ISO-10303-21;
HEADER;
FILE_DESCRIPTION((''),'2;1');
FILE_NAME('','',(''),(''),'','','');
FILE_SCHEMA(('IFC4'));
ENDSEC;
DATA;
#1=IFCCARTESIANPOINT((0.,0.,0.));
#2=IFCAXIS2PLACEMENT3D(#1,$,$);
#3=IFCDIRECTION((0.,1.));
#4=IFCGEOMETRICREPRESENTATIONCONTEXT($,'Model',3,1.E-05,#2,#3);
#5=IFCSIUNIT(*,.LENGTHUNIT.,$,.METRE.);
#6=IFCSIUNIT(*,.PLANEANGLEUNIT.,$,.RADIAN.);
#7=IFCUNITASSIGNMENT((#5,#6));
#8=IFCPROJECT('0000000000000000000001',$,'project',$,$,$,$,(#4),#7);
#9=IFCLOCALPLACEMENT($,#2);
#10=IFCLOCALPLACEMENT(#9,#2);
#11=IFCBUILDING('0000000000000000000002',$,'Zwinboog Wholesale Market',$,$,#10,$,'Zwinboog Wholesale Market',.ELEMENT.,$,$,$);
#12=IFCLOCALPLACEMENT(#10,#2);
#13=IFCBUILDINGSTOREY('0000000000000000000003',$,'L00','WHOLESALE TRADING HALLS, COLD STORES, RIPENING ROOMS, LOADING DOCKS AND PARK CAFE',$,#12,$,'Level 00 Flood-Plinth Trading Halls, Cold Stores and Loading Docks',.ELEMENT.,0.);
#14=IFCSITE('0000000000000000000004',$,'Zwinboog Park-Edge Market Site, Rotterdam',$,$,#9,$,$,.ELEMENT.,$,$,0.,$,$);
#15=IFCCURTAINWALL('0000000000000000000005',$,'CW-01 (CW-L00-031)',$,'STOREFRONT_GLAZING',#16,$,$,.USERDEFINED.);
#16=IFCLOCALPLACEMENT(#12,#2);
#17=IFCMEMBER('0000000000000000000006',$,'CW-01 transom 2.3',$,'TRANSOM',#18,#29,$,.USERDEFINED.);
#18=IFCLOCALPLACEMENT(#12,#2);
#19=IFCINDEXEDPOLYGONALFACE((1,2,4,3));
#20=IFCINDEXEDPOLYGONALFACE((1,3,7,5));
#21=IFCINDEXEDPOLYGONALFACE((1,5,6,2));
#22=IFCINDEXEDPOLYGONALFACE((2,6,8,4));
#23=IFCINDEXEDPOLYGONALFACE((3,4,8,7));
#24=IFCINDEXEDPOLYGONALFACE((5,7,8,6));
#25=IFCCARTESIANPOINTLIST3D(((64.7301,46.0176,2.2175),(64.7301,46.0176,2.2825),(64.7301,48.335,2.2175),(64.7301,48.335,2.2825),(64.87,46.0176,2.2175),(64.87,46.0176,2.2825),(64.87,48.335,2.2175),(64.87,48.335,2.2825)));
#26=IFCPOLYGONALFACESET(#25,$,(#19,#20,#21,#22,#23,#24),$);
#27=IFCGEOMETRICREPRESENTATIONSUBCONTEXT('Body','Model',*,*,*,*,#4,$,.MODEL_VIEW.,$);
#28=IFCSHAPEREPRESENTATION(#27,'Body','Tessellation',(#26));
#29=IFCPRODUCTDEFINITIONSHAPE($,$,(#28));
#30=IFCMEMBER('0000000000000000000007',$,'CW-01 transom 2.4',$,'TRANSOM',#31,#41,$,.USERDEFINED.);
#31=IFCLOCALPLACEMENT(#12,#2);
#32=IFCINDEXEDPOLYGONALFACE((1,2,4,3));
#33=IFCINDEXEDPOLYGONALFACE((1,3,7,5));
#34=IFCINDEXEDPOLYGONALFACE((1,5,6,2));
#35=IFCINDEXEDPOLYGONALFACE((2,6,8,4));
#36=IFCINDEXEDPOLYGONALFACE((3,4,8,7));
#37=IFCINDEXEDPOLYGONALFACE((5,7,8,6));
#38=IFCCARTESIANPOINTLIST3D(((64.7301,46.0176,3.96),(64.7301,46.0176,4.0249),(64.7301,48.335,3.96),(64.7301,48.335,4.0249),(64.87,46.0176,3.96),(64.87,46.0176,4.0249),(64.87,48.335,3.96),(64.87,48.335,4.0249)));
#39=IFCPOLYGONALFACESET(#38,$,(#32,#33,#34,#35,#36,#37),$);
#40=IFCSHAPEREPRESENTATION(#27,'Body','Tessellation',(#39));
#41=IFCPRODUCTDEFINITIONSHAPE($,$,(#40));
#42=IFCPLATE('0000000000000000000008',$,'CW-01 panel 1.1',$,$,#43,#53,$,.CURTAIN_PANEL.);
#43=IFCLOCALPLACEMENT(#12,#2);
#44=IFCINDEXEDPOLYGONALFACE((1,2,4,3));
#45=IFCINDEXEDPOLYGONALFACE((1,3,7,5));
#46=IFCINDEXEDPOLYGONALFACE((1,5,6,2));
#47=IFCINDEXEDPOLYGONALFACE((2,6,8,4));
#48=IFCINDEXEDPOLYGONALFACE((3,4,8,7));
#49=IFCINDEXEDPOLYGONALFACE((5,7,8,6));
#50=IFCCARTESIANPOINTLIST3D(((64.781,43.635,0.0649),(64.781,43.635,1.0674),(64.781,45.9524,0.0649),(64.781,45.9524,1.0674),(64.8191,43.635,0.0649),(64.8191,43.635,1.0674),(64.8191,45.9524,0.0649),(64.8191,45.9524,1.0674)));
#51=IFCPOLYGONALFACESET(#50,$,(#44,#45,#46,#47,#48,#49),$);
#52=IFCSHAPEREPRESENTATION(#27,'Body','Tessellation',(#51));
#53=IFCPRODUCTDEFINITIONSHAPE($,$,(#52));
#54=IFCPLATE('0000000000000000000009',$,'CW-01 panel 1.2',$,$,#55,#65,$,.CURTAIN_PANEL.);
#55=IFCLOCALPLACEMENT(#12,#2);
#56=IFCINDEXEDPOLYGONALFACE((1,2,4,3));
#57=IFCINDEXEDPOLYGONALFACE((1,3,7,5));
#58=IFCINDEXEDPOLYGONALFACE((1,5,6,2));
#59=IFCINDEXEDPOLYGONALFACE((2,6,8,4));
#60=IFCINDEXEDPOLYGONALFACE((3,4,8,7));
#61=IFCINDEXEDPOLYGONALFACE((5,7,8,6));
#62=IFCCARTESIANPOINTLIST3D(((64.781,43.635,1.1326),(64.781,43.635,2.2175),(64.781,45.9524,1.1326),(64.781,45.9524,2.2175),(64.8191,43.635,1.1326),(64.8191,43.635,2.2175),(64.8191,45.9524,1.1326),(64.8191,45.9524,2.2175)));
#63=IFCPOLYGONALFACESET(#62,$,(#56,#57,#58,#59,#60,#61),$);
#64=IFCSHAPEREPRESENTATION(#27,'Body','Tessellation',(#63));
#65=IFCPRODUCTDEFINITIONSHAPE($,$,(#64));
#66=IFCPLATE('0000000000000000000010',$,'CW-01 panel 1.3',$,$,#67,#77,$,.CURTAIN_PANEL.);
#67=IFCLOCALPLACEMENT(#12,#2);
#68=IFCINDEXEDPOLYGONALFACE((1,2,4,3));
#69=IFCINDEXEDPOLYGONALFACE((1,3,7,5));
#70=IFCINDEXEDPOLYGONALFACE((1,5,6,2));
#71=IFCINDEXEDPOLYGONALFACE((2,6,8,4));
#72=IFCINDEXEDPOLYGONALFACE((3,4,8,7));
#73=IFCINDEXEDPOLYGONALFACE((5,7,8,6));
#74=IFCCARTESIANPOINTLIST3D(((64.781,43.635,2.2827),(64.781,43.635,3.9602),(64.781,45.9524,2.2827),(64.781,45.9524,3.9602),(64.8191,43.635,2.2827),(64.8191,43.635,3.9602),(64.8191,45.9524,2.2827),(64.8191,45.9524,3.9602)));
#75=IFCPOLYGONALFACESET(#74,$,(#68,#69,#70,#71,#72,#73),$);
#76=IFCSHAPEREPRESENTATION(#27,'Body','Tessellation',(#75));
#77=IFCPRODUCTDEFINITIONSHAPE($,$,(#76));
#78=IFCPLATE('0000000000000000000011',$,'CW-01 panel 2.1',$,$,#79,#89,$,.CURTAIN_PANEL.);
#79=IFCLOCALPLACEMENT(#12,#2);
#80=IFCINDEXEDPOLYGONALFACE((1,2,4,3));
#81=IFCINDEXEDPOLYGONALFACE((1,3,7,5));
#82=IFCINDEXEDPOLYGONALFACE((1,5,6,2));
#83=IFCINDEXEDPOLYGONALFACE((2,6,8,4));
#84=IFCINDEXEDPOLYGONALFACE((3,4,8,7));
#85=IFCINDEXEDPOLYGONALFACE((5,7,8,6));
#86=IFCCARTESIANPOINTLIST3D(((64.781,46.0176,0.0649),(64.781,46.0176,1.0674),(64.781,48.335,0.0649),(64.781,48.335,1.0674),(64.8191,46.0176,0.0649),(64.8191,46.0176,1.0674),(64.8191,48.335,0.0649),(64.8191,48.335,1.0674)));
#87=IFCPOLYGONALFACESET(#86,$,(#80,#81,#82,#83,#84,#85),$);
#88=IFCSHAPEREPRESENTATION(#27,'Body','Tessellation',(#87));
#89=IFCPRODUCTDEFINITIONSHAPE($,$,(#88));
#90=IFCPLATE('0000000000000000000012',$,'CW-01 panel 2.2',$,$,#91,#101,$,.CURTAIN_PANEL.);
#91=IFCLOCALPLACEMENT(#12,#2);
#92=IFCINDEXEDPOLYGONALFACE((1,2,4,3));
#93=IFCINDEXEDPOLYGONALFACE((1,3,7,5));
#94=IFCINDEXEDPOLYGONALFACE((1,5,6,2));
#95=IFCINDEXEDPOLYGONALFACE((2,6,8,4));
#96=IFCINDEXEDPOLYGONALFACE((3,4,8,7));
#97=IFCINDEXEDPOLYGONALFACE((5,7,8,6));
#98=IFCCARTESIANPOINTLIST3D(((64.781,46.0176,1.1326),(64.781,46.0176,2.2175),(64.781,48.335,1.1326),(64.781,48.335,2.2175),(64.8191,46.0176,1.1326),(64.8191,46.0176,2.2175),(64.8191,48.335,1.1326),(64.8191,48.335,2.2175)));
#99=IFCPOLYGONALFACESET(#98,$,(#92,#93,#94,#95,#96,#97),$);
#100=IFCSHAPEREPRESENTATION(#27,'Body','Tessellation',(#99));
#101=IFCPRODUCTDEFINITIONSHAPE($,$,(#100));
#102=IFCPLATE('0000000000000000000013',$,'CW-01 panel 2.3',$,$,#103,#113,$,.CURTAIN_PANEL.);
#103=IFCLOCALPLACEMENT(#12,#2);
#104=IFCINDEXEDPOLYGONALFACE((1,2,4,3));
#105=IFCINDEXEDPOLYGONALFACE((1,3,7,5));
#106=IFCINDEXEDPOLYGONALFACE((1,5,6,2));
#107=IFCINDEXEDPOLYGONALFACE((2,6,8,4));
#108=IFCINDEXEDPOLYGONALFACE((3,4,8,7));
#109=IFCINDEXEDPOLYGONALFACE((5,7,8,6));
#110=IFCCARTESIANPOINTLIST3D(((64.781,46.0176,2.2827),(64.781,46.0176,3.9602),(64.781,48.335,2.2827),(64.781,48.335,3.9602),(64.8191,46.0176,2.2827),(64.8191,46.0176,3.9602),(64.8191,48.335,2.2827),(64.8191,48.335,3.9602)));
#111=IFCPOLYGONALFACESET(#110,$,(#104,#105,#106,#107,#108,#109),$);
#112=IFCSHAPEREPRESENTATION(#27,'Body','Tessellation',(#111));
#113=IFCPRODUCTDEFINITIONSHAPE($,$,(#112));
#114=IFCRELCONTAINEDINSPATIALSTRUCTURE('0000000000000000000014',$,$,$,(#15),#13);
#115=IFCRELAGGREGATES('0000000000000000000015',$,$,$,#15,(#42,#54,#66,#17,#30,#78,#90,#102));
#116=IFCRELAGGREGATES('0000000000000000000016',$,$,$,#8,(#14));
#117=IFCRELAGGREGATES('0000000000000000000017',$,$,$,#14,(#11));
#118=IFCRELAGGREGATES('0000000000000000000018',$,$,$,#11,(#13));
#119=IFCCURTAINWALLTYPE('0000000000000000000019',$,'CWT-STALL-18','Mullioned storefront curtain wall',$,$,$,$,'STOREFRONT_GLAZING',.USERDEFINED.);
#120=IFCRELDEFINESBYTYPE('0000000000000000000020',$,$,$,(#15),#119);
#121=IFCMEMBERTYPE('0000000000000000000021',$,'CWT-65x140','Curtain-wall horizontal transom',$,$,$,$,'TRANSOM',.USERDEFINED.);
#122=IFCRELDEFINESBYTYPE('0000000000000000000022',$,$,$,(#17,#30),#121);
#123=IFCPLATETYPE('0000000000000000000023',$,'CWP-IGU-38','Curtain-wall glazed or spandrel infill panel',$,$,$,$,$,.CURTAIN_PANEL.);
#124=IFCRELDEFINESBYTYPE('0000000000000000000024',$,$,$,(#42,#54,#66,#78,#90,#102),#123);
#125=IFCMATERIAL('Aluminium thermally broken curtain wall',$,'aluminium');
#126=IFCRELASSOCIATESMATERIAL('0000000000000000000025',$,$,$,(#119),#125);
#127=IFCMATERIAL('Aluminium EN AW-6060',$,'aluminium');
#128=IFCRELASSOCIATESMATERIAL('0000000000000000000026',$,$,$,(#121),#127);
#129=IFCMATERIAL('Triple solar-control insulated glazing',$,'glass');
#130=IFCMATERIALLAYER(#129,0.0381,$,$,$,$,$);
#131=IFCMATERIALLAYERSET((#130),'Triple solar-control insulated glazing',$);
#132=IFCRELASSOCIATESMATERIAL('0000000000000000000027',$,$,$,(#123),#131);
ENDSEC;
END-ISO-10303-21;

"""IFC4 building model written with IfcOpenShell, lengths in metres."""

from ifc_helpers import new_model, si_unit, direction, frame, origin, origin_2d, place, context, subcontext, project, spatial, rectangle, extrude, material, layer, layer_set, material_profile, profile_set, type_object, element, aggregate, save


model = new_model("IFC4")

# Units and contexts
model_context = context("Model", 3, precision=1e-05, world=origin(), true_north=direction((0.0, 1.0)))
body_context = subcontext(model_context, "Body", "Model", "MODEL_VIEW")
ifc_project = project(units=[si_unit("LENGTHUNIT", "METRE"), si_unit("PLANEANGLEUNIT", "RADIAN")], contexts=[model_context])

# Site, building, storey
site_placement = place(None, origin())
site = spatial("IfcSite", under=ifc_project, at=site_placement, Name="Zwinboog Park-Edge Market Site, Rotterdam", CompositionType="ELEMENT", RefElevation=0.0)
building_placement = place(site_placement, origin())
building = spatial("IfcBuilding", under=site, at=building_placement, Name="Zwinboog Wholesale Market", LongName="Zwinboog Wholesale Market", CompositionType="ELEMENT")
storey_placement = place(building_placement, origin())
storey = spatial("IfcBuildingStorey", under=building, at=storey_placement, Name="L00", Description="WHOLESALE TRADING HALLS, COLD STORES, RIPENING ROOMS, LOADING DOCKS AND PARK CAFE", LongName="Level 00 Flood-Plinth Trading Halls, Cold Stores and Loading Docks", CompositionType="ELEMENT", Elevation=0.0)

# Curtain wall, members, plates
ifc_material_1 = material(Name="Aluminium thermally broken curtain wall", Category="aluminium")
curtain_wall_type = type_object("IfcCurtainWallType", Name="CWT-STALL-18", Description="Mullioned storefront curtain wall", ElementType="STOREFRONT_GLAZING", PredefinedType="USERDEFINED", material=ifc_material_1)
curtain_wall_placement = place(storey_placement, origin())
curtain_wall = element("IfcCurtainWall", 1, at=curtain_wall_placement, inside=storey, type_object=curtain_wall_type, Name="CW-01 (CW-L00-031)", ObjectType="STOREFRONT_GLAZING", PredefinedType="USERDEFINED")
ifc_material_2 = material(Name="Aluminium EN AW-6060", Category="aluminium")
ifc_material_profile_1 = material_profile(ifc_material_2, rectangle(XDim=0.1399, YDim=0.0649, at=origin_2d()), Name="AL 65x140")
ifc_profile_set_1 = profile_set([ifc_material_profile_1], Name="Aluminium EN AW-6060")
member_type_1 = type_object("IfcMemberType", Name="CWT-65x140", Description="Curtain-wall horizontal transom", ElementType="TRANSOM", PredefinedType="USERDEFINED", material=ifc_profile_set_1)
member_1_placement = place(storey_placement, frame((64.8, 46.0176, 2.25), z_axis=(0.0, 1.0, 0.0), x_axis=(-1.0, 0.0, 0.0)))
member_1 = element("IfcMember", 2, at=member_1_placement, type_object=member_type_1, Name="CW-01 transom 2.3", ObjectType="TRANSOM", PredefinedType="USERDEFINED", context=body_context, shape_type="SweptSolid", body=[
    extrude(rectangle(XDim=0.1399, YDim=0.0649, at=origin_2d()), origin(), (0.0, 0.0, 1.0), 2.3174),
])
member_2_placement = place(storey_placement, frame((64.8, 46.0176, 3.9924), z_axis=(0.0, 1.0, 0.0), x_axis=(-1.0, 0.0, 0.0)))
member_2 = element("IfcMember", 3, at=member_2_placement, type_object=member_type_1, Name="CW-01 transom 2.4", ObjectType="TRANSOM", PredefinedType="USERDEFINED", context=body_context, shape_type="SweptSolid", body=[
    extrude(rectangle(XDim=0.1399, YDim=0.0649, at=origin_2d()), origin(), (0.0, 0.0, 1.0), 2.3174),
])
ifc_material_3 = material(Name="Triple solar-control insulated glazing", Category="glass")
ifc_layer = layer(ifc_material_3, 0.0381)
ifc_layer_set = layer_set([ifc_layer], Name="Triple solar-control insulated glazing")
plate_type = type_object("IfcPlateType", Name="CWP-IGU-38", Description="Curtain-wall glazed or spandrel infill panel", PredefinedType="CURTAIN_PANEL", material=ifc_layer_set)
plate_1_placement = place(storey_placement, frame((64.8, 44.7937, 0.0649), z_axis=(0.0, 0.0, 1.0), x_axis=(0.0, 1.0, 0.0)))
plate_1 = element("IfcPlate", 4, at=plate_1_placement, type_object=plate_type, Name="CW-01 panel 1.1", PredefinedType="CURTAIN_PANEL", context=body_context, shape_type="SweptSolid", body=[
    extrude(rectangle(XDim=2.3174, YDim=0.0381, at=origin_2d()), origin(), (0.0, 0.0, 1.0), 1.0024),
])
plate_2_placement = place(storey_placement, frame((64.8, 44.7937, 1.1326), z_axis=(0.0, 0.0, 1.0), x_axis=(0.0, 1.0, 0.0)))
plate_2 = element("IfcPlate", 5, at=plate_2_placement, type_object=plate_type, Name="CW-01 panel 1.2", PredefinedType="CURTAIN_PANEL", context=body_context, shape_type="SweptSolid", body=[
    extrude(rectangle(XDim=2.3174, YDim=0.0381, at=origin_2d()), origin(), (0.0, 0.0, 1.0), 1.085),
])
plate_3_placement = place(storey_placement, frame((64.8, 44.7937, 2.2827), z_axis=(0.0, 0.0, 1.0), x_axis=(0.0, 1.0, 0.0)))
plate_3 = element("IfcPlate", 6, at=plate_3_placement, type_object=plate_type, Name="CW-01 panel 1.3", PredefinedType="CURTAIN_PANEL", context=body_context, shape_type="SweptSolid", body=[
    extrude(rectangle(XDim=2.3174, YDim=0.0381, at=origin_2d()), origin(), (0.0, 0.0, 1.0), 1.6775),
])
plate_4_placement = place(storey_placement, frame((64.8, 47.1763, 0.0649), z_axis=(0.0, 0.0, 1.0), x_axis=(0.0, 1.0, 0.0)))
plate_4 = element("IfcPlate", 7, at=plate_4_placement, type_object=plate_type, Name="CW-01 panel 2.1", PredefinedType="CURTAIN_PANEL", context=body_context, shape_type="SweptSolid", body=[
    extrude(rectangle(XDim=2.3174, YDim=0.0381, at=origin_2d()), origin(), (0.0, 0.0, 1.0), 1.0024),
])
plate_5_placement = place(storey_placement, frame((64.8, 47.1763, 1.1326), z_axis=(0.0, 0.0, 1.0), x_axis=(0.0, 1.0, 0.0)))
plate_5 = element("IfcPlate", 8, at=plate_5_placement, type_object=plate_type, Name="CW-01 panel 2.2", PredefinedType="CURTAIN_PANEL", context=body_context, shape_type="SweptSolid", body=[
    extrude(rectangle(XDim=2.3174, YDim=0.0381, at=origin_2d()), origin(), (0.0, 0.0, 1.0), 1.085),
])
plate_6_placement = place(storey_placement, frame((64.8, 47.1763, 2.2827), z_axis=(0.0, 0.0, 1.0), x_axis=(0.0, 1.0, 0.0)))
plate_6 = element("IfcPlate", 9, at=plate_6_placement, type_object=plate_type, Name="CW-01 panel 2.3", PredefinedType="CURTAIN_PANEL", context=body_context, shape_type="SweptSolid", body=[
    extrude(rectangle(XDim=2.3174, YDim=0.0381, at=origin_2d()), origin(), (0.0, 0.0, 1.0), 1.6775),
])
aggregate(curtain_wall, [plate_1, plate_2, plate_3, member_1, member_2, plate_4, plate_5, plate_6])

save(model, "model.ifc")
